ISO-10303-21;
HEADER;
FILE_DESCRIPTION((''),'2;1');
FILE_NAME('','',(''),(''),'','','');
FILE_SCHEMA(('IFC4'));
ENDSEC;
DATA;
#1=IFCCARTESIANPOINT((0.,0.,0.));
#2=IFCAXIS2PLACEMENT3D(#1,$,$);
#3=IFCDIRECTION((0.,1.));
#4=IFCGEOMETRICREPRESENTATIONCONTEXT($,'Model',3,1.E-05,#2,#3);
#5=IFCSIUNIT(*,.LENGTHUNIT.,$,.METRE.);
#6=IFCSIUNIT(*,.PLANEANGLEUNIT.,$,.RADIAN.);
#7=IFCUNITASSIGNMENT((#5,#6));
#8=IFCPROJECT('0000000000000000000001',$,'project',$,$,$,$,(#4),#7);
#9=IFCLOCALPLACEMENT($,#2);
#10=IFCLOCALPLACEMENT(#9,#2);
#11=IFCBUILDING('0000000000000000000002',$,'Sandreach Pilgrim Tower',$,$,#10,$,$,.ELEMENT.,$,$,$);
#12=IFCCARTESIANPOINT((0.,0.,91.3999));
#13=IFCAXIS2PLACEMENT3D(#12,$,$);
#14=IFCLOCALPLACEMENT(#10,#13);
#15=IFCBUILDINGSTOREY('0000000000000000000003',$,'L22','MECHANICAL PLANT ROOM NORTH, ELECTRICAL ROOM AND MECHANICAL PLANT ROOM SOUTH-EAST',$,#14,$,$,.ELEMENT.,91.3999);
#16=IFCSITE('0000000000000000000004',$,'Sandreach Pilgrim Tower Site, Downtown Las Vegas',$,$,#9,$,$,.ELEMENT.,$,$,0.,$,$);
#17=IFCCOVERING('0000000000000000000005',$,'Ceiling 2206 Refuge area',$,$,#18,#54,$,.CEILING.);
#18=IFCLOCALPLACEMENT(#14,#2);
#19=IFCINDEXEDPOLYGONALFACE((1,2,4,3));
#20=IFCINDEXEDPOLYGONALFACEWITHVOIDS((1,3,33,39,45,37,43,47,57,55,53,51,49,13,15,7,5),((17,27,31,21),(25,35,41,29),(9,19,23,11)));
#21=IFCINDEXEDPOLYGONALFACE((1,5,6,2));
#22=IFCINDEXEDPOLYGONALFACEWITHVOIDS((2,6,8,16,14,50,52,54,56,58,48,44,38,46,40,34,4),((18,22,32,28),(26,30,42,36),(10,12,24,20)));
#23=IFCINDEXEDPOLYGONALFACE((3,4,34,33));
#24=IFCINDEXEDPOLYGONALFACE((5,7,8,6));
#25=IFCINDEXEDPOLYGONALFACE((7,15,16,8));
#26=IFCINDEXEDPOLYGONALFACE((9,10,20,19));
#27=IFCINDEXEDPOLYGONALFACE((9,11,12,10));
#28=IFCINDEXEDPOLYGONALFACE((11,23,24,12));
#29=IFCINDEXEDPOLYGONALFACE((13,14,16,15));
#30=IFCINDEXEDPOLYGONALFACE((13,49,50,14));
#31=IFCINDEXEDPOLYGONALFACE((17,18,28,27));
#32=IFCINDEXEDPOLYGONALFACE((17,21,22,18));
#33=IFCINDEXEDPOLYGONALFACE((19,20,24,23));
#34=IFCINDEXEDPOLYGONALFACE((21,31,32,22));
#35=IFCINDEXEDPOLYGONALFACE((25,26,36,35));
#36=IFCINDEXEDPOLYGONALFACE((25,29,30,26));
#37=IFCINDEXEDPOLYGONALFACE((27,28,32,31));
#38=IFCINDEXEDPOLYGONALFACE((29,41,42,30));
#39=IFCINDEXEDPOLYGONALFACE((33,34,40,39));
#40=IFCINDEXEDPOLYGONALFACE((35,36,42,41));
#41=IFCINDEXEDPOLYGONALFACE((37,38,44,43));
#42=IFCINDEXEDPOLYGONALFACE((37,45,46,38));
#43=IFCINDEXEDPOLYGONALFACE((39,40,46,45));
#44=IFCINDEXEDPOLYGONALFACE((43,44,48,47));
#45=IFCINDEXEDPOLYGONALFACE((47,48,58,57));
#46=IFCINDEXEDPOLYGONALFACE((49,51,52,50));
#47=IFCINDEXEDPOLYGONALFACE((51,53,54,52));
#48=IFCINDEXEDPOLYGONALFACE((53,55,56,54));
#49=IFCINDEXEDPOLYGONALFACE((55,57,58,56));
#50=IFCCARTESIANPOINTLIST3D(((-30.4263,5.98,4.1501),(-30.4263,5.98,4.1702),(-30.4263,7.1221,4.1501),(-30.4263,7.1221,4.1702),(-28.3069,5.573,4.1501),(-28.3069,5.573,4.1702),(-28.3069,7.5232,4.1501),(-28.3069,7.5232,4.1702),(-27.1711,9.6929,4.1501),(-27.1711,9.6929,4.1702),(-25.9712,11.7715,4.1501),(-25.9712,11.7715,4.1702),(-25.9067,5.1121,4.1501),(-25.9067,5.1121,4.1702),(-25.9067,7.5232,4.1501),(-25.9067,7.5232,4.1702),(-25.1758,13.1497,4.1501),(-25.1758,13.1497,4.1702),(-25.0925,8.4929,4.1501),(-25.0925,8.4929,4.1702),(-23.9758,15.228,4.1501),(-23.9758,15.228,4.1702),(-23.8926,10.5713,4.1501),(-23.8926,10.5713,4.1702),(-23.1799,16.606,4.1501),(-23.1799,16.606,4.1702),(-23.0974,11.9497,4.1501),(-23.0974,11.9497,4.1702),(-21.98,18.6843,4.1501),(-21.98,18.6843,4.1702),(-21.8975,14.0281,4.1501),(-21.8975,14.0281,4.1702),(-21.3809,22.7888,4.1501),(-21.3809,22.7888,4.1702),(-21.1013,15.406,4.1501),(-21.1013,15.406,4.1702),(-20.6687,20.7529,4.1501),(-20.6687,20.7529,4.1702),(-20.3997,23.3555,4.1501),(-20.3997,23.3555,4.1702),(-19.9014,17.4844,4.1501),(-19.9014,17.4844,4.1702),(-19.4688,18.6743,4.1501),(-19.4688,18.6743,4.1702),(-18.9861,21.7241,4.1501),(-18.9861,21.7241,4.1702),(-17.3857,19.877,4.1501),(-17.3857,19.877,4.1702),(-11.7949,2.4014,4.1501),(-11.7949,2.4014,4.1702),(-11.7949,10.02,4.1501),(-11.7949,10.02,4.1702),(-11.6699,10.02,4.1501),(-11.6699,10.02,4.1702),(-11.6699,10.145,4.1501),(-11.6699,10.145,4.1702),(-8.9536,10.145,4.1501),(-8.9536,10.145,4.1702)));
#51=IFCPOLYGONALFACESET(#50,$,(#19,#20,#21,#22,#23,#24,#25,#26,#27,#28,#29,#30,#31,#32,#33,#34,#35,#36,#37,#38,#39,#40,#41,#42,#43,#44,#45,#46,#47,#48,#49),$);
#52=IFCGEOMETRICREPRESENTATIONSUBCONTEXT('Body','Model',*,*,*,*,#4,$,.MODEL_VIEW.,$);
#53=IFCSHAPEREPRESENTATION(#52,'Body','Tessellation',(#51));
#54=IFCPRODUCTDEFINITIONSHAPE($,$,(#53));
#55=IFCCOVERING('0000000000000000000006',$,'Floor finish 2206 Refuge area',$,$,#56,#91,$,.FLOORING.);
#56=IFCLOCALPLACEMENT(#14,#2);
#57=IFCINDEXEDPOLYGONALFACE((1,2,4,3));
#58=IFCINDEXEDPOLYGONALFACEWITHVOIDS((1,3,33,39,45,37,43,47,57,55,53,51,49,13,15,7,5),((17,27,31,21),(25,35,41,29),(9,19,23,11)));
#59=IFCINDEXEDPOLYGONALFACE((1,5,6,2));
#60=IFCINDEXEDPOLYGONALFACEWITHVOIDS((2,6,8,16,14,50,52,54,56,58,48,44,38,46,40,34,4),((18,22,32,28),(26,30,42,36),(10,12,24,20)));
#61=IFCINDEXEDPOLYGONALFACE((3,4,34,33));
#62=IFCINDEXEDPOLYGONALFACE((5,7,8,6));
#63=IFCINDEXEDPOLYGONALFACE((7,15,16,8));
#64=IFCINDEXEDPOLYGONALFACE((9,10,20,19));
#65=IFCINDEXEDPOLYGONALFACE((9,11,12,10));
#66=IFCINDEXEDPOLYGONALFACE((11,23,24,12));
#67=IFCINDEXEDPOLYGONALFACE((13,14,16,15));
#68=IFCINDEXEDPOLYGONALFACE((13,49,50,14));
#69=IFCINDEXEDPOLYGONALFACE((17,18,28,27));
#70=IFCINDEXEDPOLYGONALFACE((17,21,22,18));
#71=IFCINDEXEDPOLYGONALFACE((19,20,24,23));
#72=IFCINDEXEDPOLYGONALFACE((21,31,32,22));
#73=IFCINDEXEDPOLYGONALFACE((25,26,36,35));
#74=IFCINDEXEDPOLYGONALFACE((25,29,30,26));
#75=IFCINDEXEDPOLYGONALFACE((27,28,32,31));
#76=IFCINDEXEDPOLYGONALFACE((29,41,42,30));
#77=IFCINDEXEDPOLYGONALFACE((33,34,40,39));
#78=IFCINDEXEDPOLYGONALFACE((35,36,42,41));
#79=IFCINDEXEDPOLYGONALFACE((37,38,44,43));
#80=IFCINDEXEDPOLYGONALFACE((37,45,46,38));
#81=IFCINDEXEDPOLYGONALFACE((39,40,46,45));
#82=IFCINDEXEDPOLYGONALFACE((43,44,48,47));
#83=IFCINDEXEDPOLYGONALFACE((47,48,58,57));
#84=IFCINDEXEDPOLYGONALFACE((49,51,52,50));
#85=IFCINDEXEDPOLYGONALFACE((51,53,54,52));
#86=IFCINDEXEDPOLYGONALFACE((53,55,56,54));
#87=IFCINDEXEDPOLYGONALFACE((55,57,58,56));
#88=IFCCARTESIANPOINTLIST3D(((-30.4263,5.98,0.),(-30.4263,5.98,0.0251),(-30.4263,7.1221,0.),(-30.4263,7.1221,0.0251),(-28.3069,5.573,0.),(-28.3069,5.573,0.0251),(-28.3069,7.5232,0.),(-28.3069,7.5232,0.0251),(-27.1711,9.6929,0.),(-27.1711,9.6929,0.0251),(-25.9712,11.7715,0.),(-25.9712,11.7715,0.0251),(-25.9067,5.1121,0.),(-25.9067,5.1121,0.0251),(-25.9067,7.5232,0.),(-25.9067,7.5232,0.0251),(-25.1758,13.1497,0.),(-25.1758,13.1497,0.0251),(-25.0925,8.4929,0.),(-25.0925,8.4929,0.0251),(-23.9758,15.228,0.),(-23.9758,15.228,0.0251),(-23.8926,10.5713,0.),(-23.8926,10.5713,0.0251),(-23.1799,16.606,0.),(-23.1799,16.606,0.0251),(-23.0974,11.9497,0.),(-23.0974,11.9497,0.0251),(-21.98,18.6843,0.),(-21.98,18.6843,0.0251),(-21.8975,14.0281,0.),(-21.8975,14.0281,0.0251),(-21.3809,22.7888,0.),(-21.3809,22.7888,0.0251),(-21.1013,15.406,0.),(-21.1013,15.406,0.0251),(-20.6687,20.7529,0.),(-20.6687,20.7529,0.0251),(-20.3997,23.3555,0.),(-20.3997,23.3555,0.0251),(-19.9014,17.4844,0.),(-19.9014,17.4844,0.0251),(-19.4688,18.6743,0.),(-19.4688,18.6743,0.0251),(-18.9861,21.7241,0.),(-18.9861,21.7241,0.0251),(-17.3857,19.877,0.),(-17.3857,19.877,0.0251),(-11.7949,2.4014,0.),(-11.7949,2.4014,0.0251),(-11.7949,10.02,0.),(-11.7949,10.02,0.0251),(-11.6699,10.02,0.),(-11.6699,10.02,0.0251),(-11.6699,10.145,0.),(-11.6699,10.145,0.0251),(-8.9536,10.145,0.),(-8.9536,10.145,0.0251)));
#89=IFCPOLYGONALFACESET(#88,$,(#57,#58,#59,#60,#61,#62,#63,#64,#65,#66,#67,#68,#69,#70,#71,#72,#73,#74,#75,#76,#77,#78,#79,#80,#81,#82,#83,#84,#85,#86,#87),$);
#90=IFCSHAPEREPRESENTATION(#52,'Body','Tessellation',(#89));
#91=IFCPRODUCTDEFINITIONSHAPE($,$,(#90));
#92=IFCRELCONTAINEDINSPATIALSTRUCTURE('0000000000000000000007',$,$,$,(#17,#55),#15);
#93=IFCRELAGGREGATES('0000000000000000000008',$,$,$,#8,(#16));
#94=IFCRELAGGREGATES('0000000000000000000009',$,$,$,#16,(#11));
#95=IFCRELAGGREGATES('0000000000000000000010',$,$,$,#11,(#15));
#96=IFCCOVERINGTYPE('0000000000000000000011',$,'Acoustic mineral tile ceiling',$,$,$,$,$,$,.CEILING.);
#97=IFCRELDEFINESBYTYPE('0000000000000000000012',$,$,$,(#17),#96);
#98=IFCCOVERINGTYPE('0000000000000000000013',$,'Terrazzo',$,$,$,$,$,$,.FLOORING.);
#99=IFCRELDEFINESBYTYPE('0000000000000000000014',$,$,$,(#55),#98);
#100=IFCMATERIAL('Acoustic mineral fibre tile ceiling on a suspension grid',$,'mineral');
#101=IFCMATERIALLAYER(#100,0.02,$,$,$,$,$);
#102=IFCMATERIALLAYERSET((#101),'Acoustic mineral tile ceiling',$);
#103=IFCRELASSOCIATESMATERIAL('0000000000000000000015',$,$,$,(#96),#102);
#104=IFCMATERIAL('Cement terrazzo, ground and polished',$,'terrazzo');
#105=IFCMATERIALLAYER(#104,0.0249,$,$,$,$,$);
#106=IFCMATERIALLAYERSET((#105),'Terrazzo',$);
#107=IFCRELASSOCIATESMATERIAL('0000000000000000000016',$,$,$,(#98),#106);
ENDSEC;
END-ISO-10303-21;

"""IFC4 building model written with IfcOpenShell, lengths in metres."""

from ifc_helpers import new_model, si_unit, direction, frame, origin, place, context, subcontext, project, spatial, polyline, outline, extrude, material, layer, layer_set, type_object, element, save


model = new_model("IFC4")

# Units and contexts
model_context = context("Model", 3, precision=1e-05, world=origin(), true_north=direction((0.0, 1.0)))
body_context = subcontext(model_context, "Body", "Model", "MODEL_VIEW")
ifc_project = project(units=[si_unit("LENGTHUNIT", "METRE"), si_unit("PLANEANGLEUNIT", "RADIAN")], contexts=[model_context])

# Site, building, storey
site_placement = place(None, origin())
site = spatial("IfcSite", under=ifc_project, at=site_placement, Name="Sandreach Pilgrim Tower Site, Downtown Las Vegas", CompositionType="ELEMENT", RefElevation=0.0)
building_placement = place(site_placement, origin())
building = spatial("IfcBuilding", under=site, at=building_placement, Name="Sandreach Pilgrim Tower", CompositionType="ELEMENT")
storey_placement = place(building_placement, frame((0.0, 0.0, 91.3999)))
storey = spatial("IfcBuildingStorey", under=building, at=storey_placement, Name="L22", Description="MECHANICAL PLANT ROOM NORTH, ELECTRICAL ROOM AND MECHANICAL PLANT ROOM SOUTH-EAST", CompositionType="ELEMENT", Elevation=91.3999)

# Coverings
ifc_material_1 = material(Name="Acoustic mineral fibre tile ceiling on a suspension grid", Category="mineral")
ifc_layer_1 = layer(ifc_material_1, 0.02)
ifc_layer_set_1 = layer_set([ifc_layer_1], Name="Acoustic mineral tile ceiling")
covering_type_1 = type_object("IfcCoveringType", Name="Acoustic mineral tile ceiling", PredefinedType="CEILING", material=ifc_layer_set_1)
covering_1_placement = place(storey_placement, frame((0.0, 0.0, 4.1501)))
element("IfcCovering", 1, at=covering_1_placement, inside=storey, type_object=covering_type_1, Name="Ceiling 2206 Refuge area", PredefinedType="CEILING", context=body_context, shape_type="SweptSolid", body=[
    extrude(outline(polyline([(-30.4263, 7.1221), (-21.3809, 22.7888), (-20.3997, 23.3555), (-18.9861, 21.7241), (-20.6687, 20.7529), (-19.4688, 18.6743), (-17.3857, 19.877), (-8.9536, 10.145), (-11.6699, 10.145), (-11.6699, 10.02), (-11.7949, 10.02), (-11.7949, 2.4014), (-25.9067, 5.1121), (-25.9067, 7.5232), (-28.3069, 7.5232), (-28.3069, 5.573), (-30.4263, 5.98), (-30.4263, 7.1221)]), holes=[polyline([(-19.9014, 17.4844), (-21.98, 18.6843), (-23.1799, 16.606), (-21.1013, 15.406), (-19.9014, 17.4844)]), polyline([(-21.8975, 14.0281), (-23.9758, 15.228), (-25.1758, 13.1497), (-23.0974, 11.9497), (-21.8975, 14.0281)]), polyline([(-25.0925, 8.4929), (-23.8926, 10.5713), (-25.9712, 11.7715), (-27.1711, 9.6929), (-25.0925, 8.4929)])]), origin(), (0.0, 0.0, 1.0), 0.02),
])
ifc_material_2 = material(Name="Cement terrazzo, ground and polished", Category="terrazzo")
ifc_layer_2 = layer(ifc_material_2, 0.0249)
ifc_layer_set_2 = layer_set([ifc_layer_2], Name="Terrazzo")
covering_type_2 = type_object("IfcCoveringType", Name="Terrazzo", PredefinedType="FLOORING", material=ifc_layer_set_2)
covering_2_placement = place(storey_placement, origin())
element("IfcCovering", 2, at=covering_2_placement, inside=storey, type_object=covering_type_2, Name="Floor finish 2206 Refuge area", PredefinedType="FLOORING", context=body_context, shape_type="SweptSolid", body=[
    extrude(outline(polyline([(-30.4263, 7.1221), (-21.3809, 22.7888), (-20.3997, 23.3555), (-18.9861, 21.7241), (-20.6687, 20.7529), (-19.4688, 18.6743), (-17.3857, 19.877), (-8.9536, 10.145), (-11.6699, 10.145), (-11.6699, 10.02), (-11.7949, 10.02), (-11.7949, 2.4014), (-25.9067, 5.1121), (-25.9067, 7.5232), (-28.3069, 7.5232), (-28.3069, 5.573), (-30.4263, 5.98), (-30.4263, 7.1221)]), holes=[polyline([(-19.9014, 17.4844), (-21.98, 18.6843), (-23.1799, 16.606), (-21.1013, 15.406), (-19.9014, 17.4844)]), polyline([(-21.8975, 14.0281), (-23.9758, 15.228), (-25.1758, 13.1497), (-23.0974, 11.9497), (-21.8975, 14.0281)]), polyline([(-25.0925, 8.4929), (-23.8926, 10.5713), (-25.9712, 11.7715), (-27.1711, 9.6929), (-25.0925, 8.4929)])]), origin(), (0.0, 0.0, 1.0), 0.0251),
])

save(model, "model.ifc")
